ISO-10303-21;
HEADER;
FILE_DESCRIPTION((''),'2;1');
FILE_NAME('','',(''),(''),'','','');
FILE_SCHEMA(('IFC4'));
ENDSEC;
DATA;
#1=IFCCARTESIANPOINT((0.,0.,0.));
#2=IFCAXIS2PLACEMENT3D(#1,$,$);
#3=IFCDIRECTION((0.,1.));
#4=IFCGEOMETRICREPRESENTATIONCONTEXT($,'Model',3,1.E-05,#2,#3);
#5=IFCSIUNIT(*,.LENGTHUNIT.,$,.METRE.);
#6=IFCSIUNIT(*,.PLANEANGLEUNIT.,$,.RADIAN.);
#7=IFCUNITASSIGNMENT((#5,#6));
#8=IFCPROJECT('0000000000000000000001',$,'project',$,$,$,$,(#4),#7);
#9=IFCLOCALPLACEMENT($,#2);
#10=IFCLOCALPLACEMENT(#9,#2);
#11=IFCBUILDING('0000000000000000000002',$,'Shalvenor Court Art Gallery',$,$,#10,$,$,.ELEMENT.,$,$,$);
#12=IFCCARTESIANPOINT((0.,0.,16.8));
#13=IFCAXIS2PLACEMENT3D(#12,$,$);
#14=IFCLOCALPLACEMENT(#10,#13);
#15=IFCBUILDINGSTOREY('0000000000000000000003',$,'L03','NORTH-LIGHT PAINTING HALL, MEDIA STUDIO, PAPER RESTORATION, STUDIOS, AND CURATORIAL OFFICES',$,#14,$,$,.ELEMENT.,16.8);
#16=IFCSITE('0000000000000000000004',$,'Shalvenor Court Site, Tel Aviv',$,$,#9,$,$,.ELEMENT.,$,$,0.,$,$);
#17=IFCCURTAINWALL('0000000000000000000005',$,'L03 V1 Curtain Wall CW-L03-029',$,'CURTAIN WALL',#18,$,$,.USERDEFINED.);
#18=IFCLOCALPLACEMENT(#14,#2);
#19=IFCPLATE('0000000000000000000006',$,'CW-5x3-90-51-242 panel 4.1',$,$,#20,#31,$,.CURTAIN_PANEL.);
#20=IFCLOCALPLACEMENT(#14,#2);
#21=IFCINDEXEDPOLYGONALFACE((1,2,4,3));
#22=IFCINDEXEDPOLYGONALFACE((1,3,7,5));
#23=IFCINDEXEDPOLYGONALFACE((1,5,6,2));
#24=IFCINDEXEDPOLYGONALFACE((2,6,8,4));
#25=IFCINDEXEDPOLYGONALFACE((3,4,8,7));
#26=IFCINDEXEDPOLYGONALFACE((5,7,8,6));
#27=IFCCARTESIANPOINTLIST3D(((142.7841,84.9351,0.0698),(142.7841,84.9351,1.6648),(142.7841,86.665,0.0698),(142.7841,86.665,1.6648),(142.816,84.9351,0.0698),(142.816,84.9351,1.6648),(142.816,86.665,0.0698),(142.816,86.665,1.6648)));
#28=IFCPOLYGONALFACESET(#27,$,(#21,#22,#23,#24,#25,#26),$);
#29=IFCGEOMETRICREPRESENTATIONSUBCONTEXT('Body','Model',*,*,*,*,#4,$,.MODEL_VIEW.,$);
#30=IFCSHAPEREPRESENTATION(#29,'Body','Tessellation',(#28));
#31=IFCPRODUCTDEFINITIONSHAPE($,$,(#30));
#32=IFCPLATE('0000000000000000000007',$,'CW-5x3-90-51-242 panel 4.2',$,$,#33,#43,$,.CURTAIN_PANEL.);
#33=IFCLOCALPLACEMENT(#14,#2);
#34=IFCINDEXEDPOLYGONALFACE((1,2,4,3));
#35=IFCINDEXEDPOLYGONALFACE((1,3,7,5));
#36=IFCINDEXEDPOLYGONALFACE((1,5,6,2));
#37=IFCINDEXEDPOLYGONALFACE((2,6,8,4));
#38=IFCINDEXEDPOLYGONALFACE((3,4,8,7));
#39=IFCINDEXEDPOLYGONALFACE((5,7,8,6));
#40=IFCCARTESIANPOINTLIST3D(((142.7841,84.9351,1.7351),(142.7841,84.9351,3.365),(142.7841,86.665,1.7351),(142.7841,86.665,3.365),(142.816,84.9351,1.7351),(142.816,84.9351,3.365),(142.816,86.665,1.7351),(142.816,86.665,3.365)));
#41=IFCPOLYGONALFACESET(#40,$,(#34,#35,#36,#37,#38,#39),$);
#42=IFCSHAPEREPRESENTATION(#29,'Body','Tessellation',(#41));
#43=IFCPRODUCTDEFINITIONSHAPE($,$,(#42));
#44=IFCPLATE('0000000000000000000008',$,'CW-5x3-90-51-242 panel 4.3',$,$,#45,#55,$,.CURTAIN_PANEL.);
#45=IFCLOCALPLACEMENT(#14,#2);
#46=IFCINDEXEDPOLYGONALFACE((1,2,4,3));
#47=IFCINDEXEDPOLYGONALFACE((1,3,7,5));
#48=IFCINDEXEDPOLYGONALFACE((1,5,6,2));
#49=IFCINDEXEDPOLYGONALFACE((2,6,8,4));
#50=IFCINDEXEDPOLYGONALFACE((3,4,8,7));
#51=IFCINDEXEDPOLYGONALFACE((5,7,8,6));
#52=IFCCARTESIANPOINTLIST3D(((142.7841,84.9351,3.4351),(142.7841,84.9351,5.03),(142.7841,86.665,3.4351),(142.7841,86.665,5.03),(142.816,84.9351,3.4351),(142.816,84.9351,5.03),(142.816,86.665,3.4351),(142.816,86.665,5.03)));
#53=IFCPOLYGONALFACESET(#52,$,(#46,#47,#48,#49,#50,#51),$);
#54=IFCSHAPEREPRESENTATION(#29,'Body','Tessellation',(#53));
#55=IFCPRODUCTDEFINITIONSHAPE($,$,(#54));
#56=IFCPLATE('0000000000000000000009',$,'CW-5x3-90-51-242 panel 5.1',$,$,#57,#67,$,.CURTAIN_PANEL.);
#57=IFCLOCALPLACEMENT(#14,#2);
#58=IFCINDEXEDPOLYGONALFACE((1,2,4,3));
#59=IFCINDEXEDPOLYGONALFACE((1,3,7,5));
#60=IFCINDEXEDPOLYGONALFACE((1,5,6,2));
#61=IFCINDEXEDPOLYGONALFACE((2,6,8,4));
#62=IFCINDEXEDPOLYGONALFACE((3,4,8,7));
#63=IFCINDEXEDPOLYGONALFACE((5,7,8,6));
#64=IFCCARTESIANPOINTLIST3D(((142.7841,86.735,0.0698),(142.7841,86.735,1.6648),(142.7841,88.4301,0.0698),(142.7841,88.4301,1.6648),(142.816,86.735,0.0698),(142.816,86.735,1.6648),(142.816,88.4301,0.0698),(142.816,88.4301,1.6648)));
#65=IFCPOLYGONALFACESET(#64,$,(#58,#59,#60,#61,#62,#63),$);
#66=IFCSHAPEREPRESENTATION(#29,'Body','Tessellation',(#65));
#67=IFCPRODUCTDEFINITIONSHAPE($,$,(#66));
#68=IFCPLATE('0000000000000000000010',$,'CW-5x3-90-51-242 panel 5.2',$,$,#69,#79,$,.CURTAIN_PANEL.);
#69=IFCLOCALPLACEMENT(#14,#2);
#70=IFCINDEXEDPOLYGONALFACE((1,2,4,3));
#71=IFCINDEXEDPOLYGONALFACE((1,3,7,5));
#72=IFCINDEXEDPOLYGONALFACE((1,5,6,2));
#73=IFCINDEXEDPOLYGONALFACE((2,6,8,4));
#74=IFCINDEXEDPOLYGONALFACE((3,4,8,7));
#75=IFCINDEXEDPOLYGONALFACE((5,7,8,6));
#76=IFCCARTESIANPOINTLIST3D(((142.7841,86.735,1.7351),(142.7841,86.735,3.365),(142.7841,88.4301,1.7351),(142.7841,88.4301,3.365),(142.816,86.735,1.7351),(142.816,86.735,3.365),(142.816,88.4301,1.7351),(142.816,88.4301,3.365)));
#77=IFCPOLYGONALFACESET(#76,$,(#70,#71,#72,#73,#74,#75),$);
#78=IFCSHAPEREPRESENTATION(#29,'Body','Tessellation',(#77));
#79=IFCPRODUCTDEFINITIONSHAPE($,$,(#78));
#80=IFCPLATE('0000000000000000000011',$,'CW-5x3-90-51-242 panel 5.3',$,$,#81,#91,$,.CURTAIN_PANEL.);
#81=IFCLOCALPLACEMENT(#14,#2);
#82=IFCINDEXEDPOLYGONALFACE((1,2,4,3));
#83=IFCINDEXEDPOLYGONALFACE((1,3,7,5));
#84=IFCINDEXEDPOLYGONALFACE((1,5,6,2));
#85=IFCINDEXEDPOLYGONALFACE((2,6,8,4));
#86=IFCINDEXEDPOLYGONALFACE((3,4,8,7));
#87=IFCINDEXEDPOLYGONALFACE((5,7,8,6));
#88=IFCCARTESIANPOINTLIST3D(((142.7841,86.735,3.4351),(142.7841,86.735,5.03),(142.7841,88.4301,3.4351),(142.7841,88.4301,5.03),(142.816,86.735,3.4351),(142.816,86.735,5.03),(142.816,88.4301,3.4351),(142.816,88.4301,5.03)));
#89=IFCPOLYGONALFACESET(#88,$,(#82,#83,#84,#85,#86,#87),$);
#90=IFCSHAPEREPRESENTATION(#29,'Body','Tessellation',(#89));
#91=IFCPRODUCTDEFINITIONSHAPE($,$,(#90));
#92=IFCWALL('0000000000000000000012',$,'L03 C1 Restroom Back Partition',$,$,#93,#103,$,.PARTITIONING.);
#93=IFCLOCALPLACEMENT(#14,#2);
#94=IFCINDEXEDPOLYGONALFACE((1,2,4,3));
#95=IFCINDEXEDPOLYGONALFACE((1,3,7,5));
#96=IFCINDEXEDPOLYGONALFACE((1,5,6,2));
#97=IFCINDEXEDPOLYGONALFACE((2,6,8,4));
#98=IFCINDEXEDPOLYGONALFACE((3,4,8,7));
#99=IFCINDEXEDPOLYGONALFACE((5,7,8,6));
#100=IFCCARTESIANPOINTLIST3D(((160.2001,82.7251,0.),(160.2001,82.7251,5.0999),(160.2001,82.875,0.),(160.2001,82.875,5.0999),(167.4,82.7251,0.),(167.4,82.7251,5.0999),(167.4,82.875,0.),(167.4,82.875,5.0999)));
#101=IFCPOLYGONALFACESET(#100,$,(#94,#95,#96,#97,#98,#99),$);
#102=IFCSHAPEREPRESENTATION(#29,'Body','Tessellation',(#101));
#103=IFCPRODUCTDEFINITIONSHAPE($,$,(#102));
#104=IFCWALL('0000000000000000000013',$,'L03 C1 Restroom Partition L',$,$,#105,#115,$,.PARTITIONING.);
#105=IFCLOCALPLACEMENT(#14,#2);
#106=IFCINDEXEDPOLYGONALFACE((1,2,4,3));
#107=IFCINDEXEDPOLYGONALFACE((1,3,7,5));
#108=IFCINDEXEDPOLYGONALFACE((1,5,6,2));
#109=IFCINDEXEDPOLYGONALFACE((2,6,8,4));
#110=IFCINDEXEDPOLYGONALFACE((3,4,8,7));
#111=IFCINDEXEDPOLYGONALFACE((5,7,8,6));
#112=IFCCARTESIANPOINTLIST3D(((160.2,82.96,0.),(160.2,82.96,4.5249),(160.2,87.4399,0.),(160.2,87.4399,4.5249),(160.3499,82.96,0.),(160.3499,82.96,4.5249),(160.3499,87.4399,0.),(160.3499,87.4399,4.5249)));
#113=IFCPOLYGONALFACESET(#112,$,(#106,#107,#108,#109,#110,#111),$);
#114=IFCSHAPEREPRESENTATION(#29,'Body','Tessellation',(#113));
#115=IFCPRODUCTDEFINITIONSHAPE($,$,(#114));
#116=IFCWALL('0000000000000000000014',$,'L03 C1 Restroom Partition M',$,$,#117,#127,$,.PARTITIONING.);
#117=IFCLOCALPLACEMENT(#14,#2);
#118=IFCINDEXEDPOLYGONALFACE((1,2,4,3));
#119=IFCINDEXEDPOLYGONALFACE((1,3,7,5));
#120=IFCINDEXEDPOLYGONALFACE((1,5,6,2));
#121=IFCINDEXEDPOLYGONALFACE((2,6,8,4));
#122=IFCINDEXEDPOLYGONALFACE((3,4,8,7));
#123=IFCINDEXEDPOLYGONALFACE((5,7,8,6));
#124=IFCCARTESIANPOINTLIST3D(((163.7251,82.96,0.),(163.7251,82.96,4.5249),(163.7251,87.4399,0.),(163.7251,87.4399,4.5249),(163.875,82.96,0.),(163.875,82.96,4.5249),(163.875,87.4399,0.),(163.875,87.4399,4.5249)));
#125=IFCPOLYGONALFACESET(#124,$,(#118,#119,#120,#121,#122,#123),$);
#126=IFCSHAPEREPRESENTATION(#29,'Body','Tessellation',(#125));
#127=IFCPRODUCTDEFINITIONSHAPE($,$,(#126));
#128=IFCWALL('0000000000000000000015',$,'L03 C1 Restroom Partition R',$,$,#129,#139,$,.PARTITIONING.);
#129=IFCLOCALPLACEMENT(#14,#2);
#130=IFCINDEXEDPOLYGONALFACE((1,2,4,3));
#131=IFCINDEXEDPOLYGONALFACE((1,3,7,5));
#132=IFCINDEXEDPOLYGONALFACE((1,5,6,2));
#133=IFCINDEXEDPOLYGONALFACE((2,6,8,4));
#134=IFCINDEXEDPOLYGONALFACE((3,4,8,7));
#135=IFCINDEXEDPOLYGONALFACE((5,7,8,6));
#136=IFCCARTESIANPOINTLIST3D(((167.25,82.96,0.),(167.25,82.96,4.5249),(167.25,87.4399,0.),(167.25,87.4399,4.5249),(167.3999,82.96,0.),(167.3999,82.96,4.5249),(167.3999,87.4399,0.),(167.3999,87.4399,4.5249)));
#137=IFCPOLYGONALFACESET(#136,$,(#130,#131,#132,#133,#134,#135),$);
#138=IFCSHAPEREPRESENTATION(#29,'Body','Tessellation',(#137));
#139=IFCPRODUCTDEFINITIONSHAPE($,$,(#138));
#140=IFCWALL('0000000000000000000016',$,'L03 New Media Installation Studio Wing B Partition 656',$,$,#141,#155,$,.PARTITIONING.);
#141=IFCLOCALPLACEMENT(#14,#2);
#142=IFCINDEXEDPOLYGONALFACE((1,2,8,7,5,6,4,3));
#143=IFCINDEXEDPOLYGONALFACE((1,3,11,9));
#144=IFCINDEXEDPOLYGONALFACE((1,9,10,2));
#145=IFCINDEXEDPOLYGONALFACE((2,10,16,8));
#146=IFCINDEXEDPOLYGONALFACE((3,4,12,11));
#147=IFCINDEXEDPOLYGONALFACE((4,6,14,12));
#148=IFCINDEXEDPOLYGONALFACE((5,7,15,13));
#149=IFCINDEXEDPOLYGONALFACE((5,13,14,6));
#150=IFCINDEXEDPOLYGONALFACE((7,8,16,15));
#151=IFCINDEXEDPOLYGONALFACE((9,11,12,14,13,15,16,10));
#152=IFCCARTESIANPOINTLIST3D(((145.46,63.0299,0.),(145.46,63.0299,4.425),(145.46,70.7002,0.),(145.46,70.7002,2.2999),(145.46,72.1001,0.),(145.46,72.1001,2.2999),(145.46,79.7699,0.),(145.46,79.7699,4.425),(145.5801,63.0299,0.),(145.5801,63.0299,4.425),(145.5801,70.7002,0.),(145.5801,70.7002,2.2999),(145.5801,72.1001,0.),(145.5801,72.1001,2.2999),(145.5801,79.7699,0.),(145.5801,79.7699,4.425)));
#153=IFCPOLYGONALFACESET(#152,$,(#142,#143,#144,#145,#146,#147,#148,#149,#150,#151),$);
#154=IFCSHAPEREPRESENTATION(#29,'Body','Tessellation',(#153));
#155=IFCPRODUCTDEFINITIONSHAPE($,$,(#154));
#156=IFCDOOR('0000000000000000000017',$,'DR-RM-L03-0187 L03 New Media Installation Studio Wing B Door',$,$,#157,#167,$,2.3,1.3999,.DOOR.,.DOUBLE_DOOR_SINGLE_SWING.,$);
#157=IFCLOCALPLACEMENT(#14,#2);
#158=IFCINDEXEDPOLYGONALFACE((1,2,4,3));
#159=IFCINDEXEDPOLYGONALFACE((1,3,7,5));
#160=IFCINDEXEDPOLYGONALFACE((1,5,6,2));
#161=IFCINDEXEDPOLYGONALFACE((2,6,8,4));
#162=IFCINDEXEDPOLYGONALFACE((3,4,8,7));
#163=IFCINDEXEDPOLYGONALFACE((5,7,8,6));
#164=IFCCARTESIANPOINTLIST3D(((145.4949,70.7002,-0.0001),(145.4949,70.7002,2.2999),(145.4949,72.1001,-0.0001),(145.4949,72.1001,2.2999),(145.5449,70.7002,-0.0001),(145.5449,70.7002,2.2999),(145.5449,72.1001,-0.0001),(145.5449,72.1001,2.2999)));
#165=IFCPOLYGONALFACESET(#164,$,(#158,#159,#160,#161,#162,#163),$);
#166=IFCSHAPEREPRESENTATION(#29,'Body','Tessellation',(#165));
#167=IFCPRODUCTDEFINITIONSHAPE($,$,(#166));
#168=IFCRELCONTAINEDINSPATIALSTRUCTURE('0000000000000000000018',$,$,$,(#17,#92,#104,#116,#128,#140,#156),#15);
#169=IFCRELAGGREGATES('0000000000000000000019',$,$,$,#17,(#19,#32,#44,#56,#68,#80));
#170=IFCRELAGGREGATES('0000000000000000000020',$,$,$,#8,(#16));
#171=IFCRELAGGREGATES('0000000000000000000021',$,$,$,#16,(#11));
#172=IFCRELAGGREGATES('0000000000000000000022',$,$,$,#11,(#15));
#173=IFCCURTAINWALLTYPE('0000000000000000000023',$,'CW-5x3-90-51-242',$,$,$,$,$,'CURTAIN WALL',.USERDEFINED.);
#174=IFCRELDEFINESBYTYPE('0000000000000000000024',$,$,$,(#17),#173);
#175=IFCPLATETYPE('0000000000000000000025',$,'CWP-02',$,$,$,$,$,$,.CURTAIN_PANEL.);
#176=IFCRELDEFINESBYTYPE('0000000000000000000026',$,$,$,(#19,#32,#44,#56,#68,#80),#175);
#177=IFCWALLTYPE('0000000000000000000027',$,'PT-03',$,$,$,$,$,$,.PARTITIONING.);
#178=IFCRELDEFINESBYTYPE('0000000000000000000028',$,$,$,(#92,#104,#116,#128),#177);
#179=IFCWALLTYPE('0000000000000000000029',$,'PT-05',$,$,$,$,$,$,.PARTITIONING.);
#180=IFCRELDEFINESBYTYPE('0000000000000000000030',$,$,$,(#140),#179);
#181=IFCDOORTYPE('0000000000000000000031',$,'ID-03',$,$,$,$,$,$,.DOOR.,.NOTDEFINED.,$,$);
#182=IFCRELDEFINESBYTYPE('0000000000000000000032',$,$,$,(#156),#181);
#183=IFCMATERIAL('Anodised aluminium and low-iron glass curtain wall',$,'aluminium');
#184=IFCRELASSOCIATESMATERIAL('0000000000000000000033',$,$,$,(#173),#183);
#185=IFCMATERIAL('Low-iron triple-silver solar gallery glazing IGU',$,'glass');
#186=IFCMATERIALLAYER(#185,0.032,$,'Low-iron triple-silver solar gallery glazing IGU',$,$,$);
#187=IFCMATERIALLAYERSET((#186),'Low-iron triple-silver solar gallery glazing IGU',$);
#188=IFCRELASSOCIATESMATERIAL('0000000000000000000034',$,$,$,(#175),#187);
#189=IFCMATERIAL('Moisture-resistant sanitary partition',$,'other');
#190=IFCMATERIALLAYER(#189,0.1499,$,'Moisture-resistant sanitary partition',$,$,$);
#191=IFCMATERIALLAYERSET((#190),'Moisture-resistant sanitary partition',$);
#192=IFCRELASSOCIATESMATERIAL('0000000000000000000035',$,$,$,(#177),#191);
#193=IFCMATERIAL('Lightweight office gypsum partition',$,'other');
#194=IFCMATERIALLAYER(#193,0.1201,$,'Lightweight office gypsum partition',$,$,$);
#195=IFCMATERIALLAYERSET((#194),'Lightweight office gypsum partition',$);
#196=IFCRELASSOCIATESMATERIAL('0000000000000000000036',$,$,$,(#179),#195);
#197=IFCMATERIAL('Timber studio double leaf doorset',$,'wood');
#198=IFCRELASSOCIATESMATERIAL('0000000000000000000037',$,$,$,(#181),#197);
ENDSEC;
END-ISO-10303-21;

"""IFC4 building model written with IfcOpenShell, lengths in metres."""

from ifc_helpers import new_model, si_unit, direction, frame, frame_2d, origin, origin_2d, place, context, subcontext, project, spatial, rectangle, extrude, material, layer, layer_set, type_object, element, fill, aggregate, save


model = new_model("IFC4")

# Units and contexts
model_context = context("Model", 3, precision=1e-05, world=origin(), true_north=direction((0.0, 1.0)))
body_context = subcontext(model_context, "Body", "Model", "MODEL_VIEW")
ifc_project = project(units=[si_unit("LENGTHUNIT", "METRE"), si_unit("PLANEANGLEUNIT", "RADIAN")], contexts=[model_context])

# Site, building, storey
site_placement = place(None, origin())
site = spatial("IfcSite", under=ifc_project, at=site_placement, Name="Shalvenor Court Site, Tel Aviv", CompositionType="ELEMENT", RefElevation=0.0)
building_placement = place(site_placement, origin())
building = spatial("IfcBuilding", under=site, at=building_placement, Name="Shalvenor Court Art Gallery", CompositionType="ELEMENT")
storey_placement = place(building_placement, frame((0.0, 0.0, 16.8)))
storey = spatial("IfcBuildingStorey", under=building, at=storey_placement, Name="L03", Description="NORTH-LIGHT PAINTING HALL, MEDIA STUDIO, PAPER RESTORATION, STUDIOS, AND CURATORIAL OFFICES", CompositionType="ELEMENT", Elevation=16.8)

# Curtain wall
ifc_material_1 = material(Name="Anodised aluminium and low-iron glass curtain wall", Category="aluminium")
curtain_wall_type = type_object("IfcCurtainWallType", Name="CW-5x3-90-51-242", ElementType="CURTAIN WALL", PredefinedType="USERDEFINED", material=ifc_material_1)
curtain_wall_placement = place(storey_placement, origin())
curtain_wall = element("IfcCurtainWall", 1, at=curtain_wall_placement, inside=storey, type_object=curtain_wall_type, Name="L03 V1 Curtain Wall CW-L03-029", ObjectType="CURTAIN WALL", PredefinedType="USERDEFINED")

# Plates
ifc_material_2 = material(Name="Low-iron triple-silver solar gallery glazing IGU", Category="glass")
ifc_layer_1 = layer(ifc_material_2, 0.032, Name="Low-iron triple-silver solar gallery glazing IGU")
ifc_layer_set_1 = layer_set([ifc_layer_1], Name="Low-iron triple-silver solar gallery glazing IGU")
plate_type = type_object("IfcPlateType", Name="CWP-02", PredefinedType="CURTAIN_PANEL", material=ifc_layer_set_1)
plate_1_placement = place(storey_placement, frame((142.8, 85.8, 0.0698), z_axis=(0.0, 0.0, 1.0), x_axis=(0.0, 1.0, 0.0)))
plate_1 = element("IfcPlate", 2, at=plate_1_placement, type_object=plate_type, Name="CW-5x3-90-51-242 panel 4.1", PredefinedType="CURTAIN_PANEL", context=body_context, shape_type="SweptSolid", body=[
    extrude(rectangle(XDim=1.73, YDim=0.032, at=origin_2d()), origin(), (0.0, 0.0, 1.0), 1.595),
])
plate_2_placement = place(storey_placement, frame((142.8, 85.8, 1.7351), z_axis=(0.0, 0.0, 1.0), x_axis=(0.0, 1.0, 0.0)))
plate_2 = element("IfcPlate", 3, at=plate_2_placement, type_object=plate_type, Name="CW-5x3-90-51-242 panel 4.2", PredefinedType="CURTAIN_PANEL", context=body_context, shape_type="SweptSolid", body=[
    extrude(rectangle(XDim=1.73, YDim=0.032, at=origin_2d()), origin(), (0.0, 0.0, 1.0), 1.6299),
])
plate_3_placement = place(storey_placement, frame((142.8, 85.8, 3.4351), z_axis=(0.0, 0.0, 1.0), x_axis=(0.0, 1.0, 0.0)))
plate_3 = element("IfcPlate", 4, at=plate_3_placement, type_object=plate_type, Name="CW-5x3-90-51-242 panel 4.3", PredefinedType="CURTAIN_PANEL", context=body_context, shape_type="SweptSolid", body=[
    extrude(rectangle(XDim=1.73, YDim=0.032, at=origin_2d()), origin(), (0.0, 0.0, 1.0), 1.595),
])
plate_4_placement = place(storey_placement, frame((142.8, 87.5825, 0.0698), z_axis=(0.0, 0.0, 1.0), x_axis=(0.0, 1.0, 0.0)))
plate_4 = element("IfcPlate", 5, at=plate_4_placement, type_object=plate_type, Name="CW-5x3-90-51-242 panel 5.1", PredefinedType="CURTAIN_PANEL", context=body_context, shape_type="SweptSolid", body=[
    extrude(rectangle(XDim=1.6951, YDim=0.032, at=origin_2d()), origin(), (0.0, 0.0, 1.0), 1.595),
])
plate_5_placement = place(storey_placement, frame((142.8, 87.5825, 1.7351), z_axis=(0.0, 0.0, 1.0), x_axis=(0.0, 1.0, 0.0)))
plate_5 = element("IfcPlate", 6, at=plate_5_placement, type_object=plate_type, Name="CW-5x3-90-51-242 panel 5.2", PredefinedType="CURTAIN_PANEL", context=body_context, shape_type="SweptSolid", body=[
    extrude(rectangle(XDim=1.6951, YDim=0.032, at=origin_2d()), origin(), (0.0, 0.0, 1.0), 1.6299),
])
plate_6_placement = place(storey_placement, frame((142.8, 87.5825, 3.4351), z_axis=(0.0, 0.0, 1.0), x_axis=(0.0, 1.0, 0.0)))
plate_6 = element("IfcPlate", 7, at=plate_6_placement, type_object=plate_type, Name="CW-5x3-90-51-242 panel 5.3", PredefinedType="CURTAIN_PANEL", context=body_context, shape_type="SweptSolid", body=[
    extrude(rectangle(XDim=1.6951, YDim=0.032, at=origin_2d()), origin(), (0.0, 0.0, 1.0), 1.595),
])
aggregate(curtain_wall, [plate_1, plate_2, plate_3, plate_4, plate_5, plate_6])

# Walls
ifc_material_3 = material(Name="Moisture-resistant sanitary partition", Category="other")
ifc_layer_2 = layer(ifc_material_3, 0.1499, Name="Moisture-resistant sanitary partition")
ifc_layer_set_2 = layer_set([ifc_layer_2], Name="Moisture-resistant sanitary partition")
wall_type_1 = type_object("IfcWallType", Name="PT-03", PredefinedType="PARTITIONING", material=ifc_layer_set_2)
wall_1_placement = place(storey_placement, frame((160.2, 82.8, 0.0), z_axis=(0.0, 0.0, 1.0), x_axis=(1.0, 0.0, 0.0)))
element("IfcWall", 8, at=wall_1_placement, inside=storey, type_object=wall_type_1, Name="L03 C1 Restroom Back Partition", PredefinedType="PARTITIONING", context=body_context, shape_type="SweptSolid", body=[
    extrude(rectangle(XDim=7.2, YDim=0.1499, at=frame_2d((3.6001, 0.0))), origin(), (0.0, 0.0, 1.0), 5.0999),
])
for number, where, z_axis, x_axis, name in (
    (9, (160.2749, 82.96, 0.0), (0.0, 0.0, 1.0), (0.0, 1.0, 0.0), "L03 C1 Restroom Partition L"),
    (10, (163.8, 82.96, 0.0), (0.0, 0.0, 1.0), (0.0, 1.0, 0.0), "L03 C1 Restroom Partition M"),
    (11, (167.325, 82.96, 0.0), (0.0, 0.0, 1.0), (0.0, 1.0, 0.0), "L03 C1 Restroom Partition R"),
):
    element("IfcWall", number, at=place(storey_placement, frame(where, z_axis=z_axis, x_axis=x_axis)), inside=storey, type_object=wall_type_1, Name=name, PredefinedType="PARTITIONING", context=body_context, shape_type="SweptSolid", body=[
        extrude(rectangle(XDim=4.48, YDim=0.1499, at=frame_2d((2.24, 0.0))), origin(), (0.0, 0.0, 1.0), 4.5249),
    ])

# Wall, opening, door
ifc_material_4 = material(Name="Lightweight office gypsum partition", Category="other")
ifc_layer_3 = layer(ifc_material_4, 0.1201, Name="Lightweight office gypsum partition")
ifc_layer_set_3 = layer_set([ifc_layer_3], Name="Lightweight office gypsum partition")
wall_type_2 = type_object("IfcWallType", Name="PT-05", PredefinedType="PARTITIONING", material=ifc_layer_set_3)
wall_2_placement = place(storey_placement, frame((145.52, 79.77, 0.0), z_axis=(0.0, 0.0, 1.0), x_axis=(0.0, -1.0, 0.0)))
wall_2 = element("IfcWall", 12, at=wall_2_placement, inside=storey, type_object=wall_type_2, Name="L03 New Media Installation Studio Wing B Partition 656", PredefinedType="PARTITIONING", context=body_context, shape_type="SweptSolid", body=[
    extrude(rectangle(XDim=16.74, YDim=0.1201, at=frame_2d((8.3701, 0.0))), origin(), (0.0, 0.0, 1.0), 4.425),
])
opening_placement = place(wall_2_placement, frame((7.6699, 0.0, 0.0)))
opening = element("IfcOpeningElement", 13, at=opening_placement, cuts=wall_2, PredefinedType="OPENING", context=body_context, shape_type="SweptSolid", body=[
    extrude(rectangle(XDim=1.3999, YDim=2.3, at=frame_2d((0.7, 1.1499))), frame((0.0, 0.0701, 0.0), z_axis=(0.0, -1.0, 0.0), x_axis=(1.0, 0.0, 0.0)), (0.0, 0.0, 1.0), 0.1401),
])
ifc_material_5 = material(Name="Timber studio double leaf doorset", Category="wood")
door_type = type_object("IfcDoorType", Name="ID-03", OperationType="NOTDEFINED", PredefinedType="DOOR", material=ifc_material_5)
door_placement = place(opening_placement, origin())
door = element("IfcDoor", 14, at=door_placement, inside=storey, type_object=door_type, Name="DR-RM-L03-0187 L03 New Media Installation Studio Wing B Door", OperationType="DOUBLE_DOOR_SINGLE_SWING", OverallHeight=2.3, OverallWidth=1.3999, PredefinedType="DOOR", context=body_context, shape_type="SweptSolid", body=[
    extrude(rectangle(XDim=1.3999, YDim=2.3, at=frame_2d((0.7, 1.1499))), frame((0.0, 0.0249, 0.0), z_axis=(0.0, -1.0, 0.0), x_axis=(1.0, 0.0, 0.0)), (0.0, 0.0, 1.0), 0.05),
])
fill(opening, door)

save(model, "model.ifc")
